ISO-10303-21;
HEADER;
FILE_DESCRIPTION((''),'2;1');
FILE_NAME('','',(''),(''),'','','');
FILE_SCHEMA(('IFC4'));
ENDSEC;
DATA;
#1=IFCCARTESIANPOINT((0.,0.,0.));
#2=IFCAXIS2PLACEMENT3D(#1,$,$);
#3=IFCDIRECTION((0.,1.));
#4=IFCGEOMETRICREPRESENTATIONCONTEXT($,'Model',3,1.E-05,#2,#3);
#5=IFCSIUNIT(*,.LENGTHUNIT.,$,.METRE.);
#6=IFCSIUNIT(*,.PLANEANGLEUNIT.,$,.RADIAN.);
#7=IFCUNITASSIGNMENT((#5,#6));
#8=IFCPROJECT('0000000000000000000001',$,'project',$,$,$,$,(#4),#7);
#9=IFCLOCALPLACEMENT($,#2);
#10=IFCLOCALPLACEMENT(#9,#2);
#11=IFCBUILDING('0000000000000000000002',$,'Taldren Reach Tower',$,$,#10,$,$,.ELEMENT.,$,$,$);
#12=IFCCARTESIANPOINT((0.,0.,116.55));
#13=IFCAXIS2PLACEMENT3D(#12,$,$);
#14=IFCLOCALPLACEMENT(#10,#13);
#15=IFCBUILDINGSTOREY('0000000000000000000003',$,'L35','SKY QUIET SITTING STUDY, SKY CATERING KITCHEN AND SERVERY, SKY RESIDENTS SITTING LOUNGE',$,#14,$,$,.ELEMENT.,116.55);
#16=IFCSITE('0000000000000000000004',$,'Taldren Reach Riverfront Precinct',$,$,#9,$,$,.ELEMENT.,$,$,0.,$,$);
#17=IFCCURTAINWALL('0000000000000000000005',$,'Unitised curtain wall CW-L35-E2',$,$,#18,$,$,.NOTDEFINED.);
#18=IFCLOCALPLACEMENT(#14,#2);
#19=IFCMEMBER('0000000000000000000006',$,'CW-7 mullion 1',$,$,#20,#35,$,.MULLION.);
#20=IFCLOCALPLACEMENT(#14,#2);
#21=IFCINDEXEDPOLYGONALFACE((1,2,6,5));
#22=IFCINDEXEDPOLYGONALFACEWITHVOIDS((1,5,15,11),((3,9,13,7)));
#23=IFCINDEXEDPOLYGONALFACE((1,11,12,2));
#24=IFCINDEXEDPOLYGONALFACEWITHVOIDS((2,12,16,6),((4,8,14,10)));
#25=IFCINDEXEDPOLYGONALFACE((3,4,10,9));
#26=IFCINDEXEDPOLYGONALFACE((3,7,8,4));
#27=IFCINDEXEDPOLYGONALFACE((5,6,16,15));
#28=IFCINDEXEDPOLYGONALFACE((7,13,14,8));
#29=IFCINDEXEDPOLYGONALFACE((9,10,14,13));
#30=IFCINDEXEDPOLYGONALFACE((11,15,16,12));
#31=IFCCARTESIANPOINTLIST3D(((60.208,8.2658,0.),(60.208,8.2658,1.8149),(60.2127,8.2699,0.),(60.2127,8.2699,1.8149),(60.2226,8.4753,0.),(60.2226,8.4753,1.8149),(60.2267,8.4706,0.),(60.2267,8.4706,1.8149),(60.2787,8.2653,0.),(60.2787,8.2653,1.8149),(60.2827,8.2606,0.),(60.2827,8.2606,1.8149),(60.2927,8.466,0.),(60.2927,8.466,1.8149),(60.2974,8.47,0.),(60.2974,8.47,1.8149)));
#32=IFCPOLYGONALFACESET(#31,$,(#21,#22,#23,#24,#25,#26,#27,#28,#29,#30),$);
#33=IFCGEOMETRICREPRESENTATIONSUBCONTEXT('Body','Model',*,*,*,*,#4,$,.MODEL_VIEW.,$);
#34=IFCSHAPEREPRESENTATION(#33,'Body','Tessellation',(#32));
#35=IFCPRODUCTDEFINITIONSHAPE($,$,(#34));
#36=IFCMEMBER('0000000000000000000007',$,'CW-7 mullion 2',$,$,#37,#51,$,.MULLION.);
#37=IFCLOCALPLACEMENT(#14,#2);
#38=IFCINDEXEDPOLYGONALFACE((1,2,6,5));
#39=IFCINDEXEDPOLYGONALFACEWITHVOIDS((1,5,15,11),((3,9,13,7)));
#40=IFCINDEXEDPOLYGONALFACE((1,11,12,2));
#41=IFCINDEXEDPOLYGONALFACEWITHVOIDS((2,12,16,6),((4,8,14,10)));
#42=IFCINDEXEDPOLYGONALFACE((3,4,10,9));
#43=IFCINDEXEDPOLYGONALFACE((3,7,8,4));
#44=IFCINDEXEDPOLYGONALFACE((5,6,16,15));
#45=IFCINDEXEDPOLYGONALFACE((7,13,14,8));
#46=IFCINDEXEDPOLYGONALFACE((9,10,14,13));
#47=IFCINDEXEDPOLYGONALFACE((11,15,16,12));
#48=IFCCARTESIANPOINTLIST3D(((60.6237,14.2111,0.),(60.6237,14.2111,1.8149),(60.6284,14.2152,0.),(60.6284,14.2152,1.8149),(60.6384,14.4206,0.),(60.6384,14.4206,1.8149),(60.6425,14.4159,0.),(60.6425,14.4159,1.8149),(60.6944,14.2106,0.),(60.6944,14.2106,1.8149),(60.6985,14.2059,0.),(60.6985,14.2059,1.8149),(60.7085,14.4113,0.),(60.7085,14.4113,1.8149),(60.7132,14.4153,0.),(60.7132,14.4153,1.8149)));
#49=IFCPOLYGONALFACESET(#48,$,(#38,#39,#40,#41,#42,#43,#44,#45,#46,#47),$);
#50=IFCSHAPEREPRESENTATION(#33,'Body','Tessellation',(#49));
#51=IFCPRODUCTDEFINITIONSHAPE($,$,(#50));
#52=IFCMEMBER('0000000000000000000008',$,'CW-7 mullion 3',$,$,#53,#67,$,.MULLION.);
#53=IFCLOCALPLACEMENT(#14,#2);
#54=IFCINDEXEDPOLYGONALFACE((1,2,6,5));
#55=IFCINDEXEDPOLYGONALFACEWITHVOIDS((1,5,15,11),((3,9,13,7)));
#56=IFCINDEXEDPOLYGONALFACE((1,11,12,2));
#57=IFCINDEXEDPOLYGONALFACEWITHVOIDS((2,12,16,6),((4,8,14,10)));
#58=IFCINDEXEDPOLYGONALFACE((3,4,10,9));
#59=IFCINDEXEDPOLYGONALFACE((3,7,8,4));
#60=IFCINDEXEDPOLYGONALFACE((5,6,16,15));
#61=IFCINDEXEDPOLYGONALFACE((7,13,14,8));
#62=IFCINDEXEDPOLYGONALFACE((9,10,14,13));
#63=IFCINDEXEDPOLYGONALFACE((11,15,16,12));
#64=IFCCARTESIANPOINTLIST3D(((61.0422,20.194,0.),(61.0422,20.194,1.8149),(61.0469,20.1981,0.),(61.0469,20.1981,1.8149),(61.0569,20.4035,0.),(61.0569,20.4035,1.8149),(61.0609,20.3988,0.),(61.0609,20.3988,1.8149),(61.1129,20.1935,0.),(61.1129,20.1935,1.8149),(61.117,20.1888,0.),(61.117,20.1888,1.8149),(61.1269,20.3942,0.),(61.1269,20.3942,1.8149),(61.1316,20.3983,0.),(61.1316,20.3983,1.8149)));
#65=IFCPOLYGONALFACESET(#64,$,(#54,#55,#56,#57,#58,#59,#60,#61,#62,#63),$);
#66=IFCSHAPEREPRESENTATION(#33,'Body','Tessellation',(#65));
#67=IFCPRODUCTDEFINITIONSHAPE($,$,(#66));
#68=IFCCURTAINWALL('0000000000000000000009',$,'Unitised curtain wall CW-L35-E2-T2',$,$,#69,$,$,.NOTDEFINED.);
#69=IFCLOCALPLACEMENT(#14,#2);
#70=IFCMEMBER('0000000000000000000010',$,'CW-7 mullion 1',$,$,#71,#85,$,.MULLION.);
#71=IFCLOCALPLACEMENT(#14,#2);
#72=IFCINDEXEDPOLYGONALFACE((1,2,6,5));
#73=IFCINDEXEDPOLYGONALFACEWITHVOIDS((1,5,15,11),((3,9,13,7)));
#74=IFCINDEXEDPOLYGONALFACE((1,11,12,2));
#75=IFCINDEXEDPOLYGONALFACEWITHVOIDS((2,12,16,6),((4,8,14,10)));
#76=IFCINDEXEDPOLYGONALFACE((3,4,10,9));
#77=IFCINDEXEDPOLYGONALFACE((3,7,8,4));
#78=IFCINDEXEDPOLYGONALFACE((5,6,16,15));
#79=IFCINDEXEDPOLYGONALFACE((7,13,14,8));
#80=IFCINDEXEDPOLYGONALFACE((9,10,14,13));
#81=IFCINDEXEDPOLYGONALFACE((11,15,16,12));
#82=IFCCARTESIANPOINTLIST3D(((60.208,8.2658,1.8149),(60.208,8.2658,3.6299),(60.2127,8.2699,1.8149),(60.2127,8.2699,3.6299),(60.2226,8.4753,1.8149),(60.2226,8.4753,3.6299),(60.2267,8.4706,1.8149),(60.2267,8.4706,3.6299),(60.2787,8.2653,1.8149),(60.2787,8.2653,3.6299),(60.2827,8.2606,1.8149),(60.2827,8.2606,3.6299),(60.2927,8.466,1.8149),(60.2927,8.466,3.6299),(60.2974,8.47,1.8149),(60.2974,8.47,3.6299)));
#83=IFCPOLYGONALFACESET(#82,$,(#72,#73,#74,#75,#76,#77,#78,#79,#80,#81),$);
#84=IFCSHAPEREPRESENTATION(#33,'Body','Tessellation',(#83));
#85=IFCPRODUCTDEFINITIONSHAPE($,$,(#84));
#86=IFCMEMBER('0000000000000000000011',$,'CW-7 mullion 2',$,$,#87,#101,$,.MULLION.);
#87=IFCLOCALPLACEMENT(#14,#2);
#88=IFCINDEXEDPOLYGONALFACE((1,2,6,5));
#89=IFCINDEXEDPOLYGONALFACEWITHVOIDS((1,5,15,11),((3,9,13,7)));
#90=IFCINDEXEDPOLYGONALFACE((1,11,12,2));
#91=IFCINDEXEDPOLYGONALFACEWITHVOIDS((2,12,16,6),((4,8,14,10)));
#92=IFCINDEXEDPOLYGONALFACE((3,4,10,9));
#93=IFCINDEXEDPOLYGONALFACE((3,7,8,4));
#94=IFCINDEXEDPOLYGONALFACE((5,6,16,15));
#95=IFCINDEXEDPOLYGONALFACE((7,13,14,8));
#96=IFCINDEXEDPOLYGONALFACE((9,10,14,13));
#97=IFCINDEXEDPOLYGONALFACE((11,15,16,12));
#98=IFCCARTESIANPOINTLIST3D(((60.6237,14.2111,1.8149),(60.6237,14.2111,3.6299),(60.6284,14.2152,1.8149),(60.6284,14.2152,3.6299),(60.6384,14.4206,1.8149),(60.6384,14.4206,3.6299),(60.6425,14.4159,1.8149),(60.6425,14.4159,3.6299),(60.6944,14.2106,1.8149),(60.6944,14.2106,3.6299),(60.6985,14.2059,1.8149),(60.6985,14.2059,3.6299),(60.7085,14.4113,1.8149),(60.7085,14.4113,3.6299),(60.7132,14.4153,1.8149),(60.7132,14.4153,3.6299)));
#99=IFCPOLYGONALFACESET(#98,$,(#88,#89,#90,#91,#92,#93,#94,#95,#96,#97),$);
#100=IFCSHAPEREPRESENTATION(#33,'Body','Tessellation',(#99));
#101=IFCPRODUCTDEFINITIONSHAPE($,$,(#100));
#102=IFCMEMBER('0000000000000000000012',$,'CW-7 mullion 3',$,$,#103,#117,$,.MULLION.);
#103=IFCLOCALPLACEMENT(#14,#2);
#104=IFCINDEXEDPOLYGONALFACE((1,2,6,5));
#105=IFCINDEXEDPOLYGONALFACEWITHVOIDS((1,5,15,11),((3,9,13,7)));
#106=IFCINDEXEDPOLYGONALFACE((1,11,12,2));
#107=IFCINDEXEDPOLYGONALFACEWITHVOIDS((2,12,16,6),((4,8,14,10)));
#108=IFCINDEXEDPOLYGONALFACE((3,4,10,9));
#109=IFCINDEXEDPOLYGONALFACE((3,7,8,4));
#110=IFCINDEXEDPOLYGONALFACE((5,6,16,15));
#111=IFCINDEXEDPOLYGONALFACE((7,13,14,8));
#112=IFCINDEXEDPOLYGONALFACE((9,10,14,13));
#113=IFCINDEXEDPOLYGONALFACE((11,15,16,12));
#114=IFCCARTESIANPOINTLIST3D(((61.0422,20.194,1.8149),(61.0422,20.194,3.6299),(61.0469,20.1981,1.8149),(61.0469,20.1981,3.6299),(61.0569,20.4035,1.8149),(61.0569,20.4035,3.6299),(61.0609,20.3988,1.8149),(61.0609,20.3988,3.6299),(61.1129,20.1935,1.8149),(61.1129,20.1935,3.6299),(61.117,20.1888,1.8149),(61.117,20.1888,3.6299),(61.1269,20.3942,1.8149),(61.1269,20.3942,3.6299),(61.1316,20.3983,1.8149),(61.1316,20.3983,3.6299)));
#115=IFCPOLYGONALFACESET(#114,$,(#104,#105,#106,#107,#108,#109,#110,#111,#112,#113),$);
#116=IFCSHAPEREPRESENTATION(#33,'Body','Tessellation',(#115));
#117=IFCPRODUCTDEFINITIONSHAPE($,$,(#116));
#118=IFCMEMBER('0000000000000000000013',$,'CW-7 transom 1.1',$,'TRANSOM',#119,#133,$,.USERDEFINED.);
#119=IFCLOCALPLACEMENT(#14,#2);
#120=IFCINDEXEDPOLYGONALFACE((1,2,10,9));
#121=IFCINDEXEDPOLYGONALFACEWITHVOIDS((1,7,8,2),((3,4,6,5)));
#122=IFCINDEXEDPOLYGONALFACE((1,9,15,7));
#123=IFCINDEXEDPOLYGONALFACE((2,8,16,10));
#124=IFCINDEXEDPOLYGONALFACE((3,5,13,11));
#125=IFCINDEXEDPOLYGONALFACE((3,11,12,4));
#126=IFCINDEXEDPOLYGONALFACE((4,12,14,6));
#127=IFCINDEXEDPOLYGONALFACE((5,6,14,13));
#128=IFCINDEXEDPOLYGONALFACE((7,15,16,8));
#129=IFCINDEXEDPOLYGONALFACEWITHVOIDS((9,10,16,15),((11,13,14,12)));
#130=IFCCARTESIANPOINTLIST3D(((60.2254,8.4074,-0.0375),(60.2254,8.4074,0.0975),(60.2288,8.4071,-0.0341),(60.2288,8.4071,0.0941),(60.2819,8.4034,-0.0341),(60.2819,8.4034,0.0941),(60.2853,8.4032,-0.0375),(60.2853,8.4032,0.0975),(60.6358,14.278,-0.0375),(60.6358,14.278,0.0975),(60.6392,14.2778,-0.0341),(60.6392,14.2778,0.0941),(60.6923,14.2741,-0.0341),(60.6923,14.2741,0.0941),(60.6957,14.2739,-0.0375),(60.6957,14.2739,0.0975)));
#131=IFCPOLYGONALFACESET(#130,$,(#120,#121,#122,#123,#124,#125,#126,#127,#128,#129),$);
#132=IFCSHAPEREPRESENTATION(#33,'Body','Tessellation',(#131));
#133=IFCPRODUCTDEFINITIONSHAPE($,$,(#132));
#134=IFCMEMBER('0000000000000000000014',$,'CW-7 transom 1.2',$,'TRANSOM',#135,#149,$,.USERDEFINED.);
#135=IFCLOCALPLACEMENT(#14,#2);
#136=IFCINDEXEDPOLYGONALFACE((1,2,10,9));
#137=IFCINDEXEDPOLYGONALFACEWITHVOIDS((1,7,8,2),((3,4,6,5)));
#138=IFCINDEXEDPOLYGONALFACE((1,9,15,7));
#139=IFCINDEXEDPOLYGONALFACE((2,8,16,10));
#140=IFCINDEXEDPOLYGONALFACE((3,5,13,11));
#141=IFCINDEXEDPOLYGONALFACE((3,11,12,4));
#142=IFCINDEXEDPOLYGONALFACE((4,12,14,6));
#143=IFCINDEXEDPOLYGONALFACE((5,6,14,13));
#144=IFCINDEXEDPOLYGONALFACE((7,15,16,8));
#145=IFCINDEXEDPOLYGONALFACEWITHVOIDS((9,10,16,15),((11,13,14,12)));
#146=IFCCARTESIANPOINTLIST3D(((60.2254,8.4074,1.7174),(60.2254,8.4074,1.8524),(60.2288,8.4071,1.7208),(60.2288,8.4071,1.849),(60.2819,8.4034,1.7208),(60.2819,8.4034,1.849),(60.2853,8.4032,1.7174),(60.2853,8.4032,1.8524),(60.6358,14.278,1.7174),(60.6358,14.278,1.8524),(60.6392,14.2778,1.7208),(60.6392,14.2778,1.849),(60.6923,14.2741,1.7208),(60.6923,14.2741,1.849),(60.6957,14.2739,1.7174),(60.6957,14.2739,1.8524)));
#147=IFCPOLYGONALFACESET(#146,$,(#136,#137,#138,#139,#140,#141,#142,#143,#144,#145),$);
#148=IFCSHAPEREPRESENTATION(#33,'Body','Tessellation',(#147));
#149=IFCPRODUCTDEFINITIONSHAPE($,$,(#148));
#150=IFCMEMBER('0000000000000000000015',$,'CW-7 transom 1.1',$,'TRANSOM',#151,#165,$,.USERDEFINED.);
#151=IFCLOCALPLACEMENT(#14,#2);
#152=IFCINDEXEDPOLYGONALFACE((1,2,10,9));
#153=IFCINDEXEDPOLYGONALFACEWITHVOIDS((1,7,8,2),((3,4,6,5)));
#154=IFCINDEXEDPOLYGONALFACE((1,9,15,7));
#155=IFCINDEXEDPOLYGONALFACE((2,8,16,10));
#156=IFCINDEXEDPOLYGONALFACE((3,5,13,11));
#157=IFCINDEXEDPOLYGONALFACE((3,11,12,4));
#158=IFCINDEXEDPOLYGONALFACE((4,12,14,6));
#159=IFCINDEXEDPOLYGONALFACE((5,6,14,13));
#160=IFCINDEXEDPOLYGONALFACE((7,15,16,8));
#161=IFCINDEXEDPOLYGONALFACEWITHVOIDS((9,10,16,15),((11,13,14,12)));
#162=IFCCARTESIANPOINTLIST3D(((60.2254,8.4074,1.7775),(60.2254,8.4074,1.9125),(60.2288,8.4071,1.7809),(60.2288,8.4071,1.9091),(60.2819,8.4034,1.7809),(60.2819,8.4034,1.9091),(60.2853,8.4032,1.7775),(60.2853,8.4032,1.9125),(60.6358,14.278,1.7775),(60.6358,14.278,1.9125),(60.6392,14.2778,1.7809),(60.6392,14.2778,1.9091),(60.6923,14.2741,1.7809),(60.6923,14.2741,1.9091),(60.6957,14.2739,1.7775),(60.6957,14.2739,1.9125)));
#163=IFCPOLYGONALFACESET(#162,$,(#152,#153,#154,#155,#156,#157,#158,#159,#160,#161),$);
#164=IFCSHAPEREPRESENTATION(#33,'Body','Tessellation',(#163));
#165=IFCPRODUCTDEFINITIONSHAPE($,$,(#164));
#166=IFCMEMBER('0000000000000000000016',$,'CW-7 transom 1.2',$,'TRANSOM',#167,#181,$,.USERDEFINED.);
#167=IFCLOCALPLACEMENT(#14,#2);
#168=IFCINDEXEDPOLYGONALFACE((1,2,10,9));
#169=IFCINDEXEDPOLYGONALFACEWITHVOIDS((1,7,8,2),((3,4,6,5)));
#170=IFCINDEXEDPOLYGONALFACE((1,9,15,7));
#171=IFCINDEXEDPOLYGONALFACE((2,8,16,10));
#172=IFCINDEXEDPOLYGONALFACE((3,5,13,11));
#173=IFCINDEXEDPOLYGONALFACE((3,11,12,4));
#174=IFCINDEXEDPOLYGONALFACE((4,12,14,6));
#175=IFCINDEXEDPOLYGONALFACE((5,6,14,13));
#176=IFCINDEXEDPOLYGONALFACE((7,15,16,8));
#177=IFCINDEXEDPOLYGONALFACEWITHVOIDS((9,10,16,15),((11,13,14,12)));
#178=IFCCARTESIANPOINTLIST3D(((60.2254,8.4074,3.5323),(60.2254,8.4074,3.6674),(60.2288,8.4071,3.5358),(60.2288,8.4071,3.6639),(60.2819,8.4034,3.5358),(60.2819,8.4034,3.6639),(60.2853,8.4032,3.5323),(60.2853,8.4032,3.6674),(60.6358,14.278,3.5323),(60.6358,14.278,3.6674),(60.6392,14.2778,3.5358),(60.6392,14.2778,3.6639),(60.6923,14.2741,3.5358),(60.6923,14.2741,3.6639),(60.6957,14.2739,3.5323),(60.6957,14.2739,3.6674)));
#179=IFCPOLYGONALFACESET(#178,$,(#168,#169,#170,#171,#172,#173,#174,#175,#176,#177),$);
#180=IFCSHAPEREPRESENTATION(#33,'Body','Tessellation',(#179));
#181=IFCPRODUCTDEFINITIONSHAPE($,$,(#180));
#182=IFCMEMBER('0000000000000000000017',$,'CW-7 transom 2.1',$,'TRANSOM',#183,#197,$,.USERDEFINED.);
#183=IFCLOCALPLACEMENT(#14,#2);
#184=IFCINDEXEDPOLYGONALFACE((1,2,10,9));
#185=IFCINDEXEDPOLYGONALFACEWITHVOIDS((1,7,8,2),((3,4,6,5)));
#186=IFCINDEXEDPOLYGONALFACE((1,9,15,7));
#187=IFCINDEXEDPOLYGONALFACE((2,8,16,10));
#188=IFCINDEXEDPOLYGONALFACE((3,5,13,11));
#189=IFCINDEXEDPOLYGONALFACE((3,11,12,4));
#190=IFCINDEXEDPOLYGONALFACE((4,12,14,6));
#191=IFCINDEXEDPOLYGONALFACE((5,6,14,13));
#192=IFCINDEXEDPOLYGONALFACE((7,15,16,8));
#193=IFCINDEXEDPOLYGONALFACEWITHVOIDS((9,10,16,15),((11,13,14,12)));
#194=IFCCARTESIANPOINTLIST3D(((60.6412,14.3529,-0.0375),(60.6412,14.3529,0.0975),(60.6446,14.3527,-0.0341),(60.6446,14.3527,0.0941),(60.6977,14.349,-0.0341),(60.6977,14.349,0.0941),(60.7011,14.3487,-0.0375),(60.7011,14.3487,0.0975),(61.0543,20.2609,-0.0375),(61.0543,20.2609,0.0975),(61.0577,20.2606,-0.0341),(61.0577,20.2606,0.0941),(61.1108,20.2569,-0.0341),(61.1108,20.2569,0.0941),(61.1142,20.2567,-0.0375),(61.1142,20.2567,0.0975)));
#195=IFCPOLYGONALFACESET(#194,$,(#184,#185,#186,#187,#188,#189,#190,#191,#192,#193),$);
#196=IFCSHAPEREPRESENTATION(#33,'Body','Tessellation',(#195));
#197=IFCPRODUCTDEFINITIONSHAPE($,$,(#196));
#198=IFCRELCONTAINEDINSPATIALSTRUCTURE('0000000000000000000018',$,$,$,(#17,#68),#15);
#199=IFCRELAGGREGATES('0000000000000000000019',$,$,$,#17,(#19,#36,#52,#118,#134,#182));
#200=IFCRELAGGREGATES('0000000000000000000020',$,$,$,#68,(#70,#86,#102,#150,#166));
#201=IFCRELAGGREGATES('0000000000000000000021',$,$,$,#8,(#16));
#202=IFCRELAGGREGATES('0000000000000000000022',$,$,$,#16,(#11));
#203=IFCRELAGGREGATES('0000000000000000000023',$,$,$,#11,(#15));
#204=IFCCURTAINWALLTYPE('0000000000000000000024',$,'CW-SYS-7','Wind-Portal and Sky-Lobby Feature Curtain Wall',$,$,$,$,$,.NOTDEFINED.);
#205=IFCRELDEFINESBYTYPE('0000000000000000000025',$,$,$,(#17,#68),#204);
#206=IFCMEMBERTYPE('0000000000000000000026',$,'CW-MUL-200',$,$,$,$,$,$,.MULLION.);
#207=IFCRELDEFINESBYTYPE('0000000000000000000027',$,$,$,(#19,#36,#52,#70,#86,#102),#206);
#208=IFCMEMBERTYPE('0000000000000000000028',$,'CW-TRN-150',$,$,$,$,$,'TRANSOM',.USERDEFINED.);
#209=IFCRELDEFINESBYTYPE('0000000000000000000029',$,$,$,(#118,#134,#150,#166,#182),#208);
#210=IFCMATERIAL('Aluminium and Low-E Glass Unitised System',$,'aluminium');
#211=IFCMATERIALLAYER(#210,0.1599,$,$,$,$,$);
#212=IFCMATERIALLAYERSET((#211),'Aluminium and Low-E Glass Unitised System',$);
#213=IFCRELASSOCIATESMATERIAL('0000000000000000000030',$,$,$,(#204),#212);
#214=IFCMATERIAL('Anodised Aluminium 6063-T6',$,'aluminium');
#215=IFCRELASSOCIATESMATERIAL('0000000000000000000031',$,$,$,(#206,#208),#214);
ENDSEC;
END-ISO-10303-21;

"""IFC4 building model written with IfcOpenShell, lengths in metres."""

from ifc_helpers import new_model, si_unit, direction, frame, origin, origin_2d, place, context, subcontext, project, spatial, hollow_rectangle, extrude, source, transform, mapped, material, layer, layer_set, material_profile, profile_set, type_object, element, aggregate, save


model = new_model("IFC4")

# Units and contexts
model_context = context("Model", 3, precision=1e-05, world=origin(), true_north=direction((0.0, 1.0)))
body_context = subcontext(model_context, "Body", "Model", "MODEL_VIEW")
ifc_project = project(units=[si_unit("LENGTHUNIT", "METRE"), si_unit("PLANEANGLEUNIT", "RADIAN")], contexts=[model_context])

# Site, building, storey
site_placement = place(None, origin())
site = spatial("IfcSite", under=ifc_project, at=site_placement, Name="Taldren Reach Riverfront Precinct", CompositionType="ELEMENT", RefElevation=0.0)
building_placement = place(site_placement, origin())
building = spatial("IfcBuilding", under=site, at=building_placement, Name="Taldren Reach Tower", CompositionType="ELEMENT")
storey_placement = place(building_placement, frame((0.0, 0.0, 116.55)))
storey = spatial("IfcBuildingStorey", under=building, at=storey_placement, Name="L35", Description="SKY QUIET SITTING STUDY, SKY CATERING KITCHEN AND SERVERY, SKY RESIDENTS SITTING LOUNGE", CompositionType="ELEMENT", Elevation=116.55)

# Curtain walls, members
ifc_material_1 = material(Name="Aluminium and Low-E Glass Unitised System", Category="aluminium")
ifc_layer_1 = layer(ifc_material_1, 0.1599)
ifc_layer_set_1 = layer_set([ifc_layer_1], Name="Aluminium and Low-E Glass Unitised System")
curtain_wall_type = type_object("IfcCurtainWallType", Name="CW-SYS-7", Description="Wind-Portal and Sky-Lobby Feature Curtain Wall", PredefinedType="NOTDEFINED", material=ifc_layer_set_1)
curtain_wall_1_placement = place(storey_placement, origin())
curtain_wall_1 = element("IfcCurtainWall", 1, at=curtain_wall_1_placement, inside=storey, type_object=curtain_wall_type, Name="Unitised curtain wall CW-L35-E2", PredefinedType="NOTDEFINED")
ifc_material_2 = material(Name="Anodised Aluminium 6063-T6", Category="aluminium")
ifc_material_profile_1 = material_profile(ifc_material_2, hollow_rectangle(XDim=0.075, YDim=0.21, WallThickness=0.0044, at=origin_2d()), Name="ALU-210x75x4.5RHS")
ifc_profile_set_1 = profile_set([ifc_material_profile_1], Name="Anodised Aluminium 6063-T6")
member_type_1 = type_object("IfcMemberType", Name="CW-MUL-200", PredefinedType="MULLION", material=ifc_profile_set_1)
shared_shape_1 = source(origin(), body_context, "Body", "SweptSolid", [
    extrude(hollow_rectangle(XDim=0.075, YDim=0.21, WallThickness=0.0044, at=origin_2d()), origin(), (0.0, 0.0, 1.0), 1.8149),
])
member_1_placement = place(storey_placement, frame((60.2527, 8.3679, 0.0), z_axis=(0.0, 0.0, 1.0), x_axis=(-0.997564, 0.069757, 0.0)))
member_1 = element("IfcMember", 2, at=member_1_placement, type_object=member_type_1, Name="CW-7 mullion 1", PredefinedType="MULLION", context=body_context, shape_type="MappedRepresentation", body=[
    mapped(shared_shape_1, transform((0.0, 0.0, 0.0), scale=1.0)),
])
member_2_placement = place(storey_placement, frame((60.6685, 14.3132, 0.0), z_axis=(0.0, 0.0, 1.0), x_axis=(-0.997564, 0.069757, 0.0)))
member_2 = element("IfcMember", 3, at=member_2_placement, type_object=member_type_1, Name="CW-7 mullion 2", PredefinedType="MULLION", context=body_context, shape_type="MappedRepresentation", body=[
    mapped(shared_shape_1, transform((0.0, 0.0, 0.0), scale=1.0)),
])
member_3_placement = place(storey_placement, frame((61.0869, 20.2961, 0.0), z_axis=(0.0, 0.0, 1.0), x_axis=(-0.997564, 0.069757, 0.0)))
member_3 = element("IfcMember", 4, at=member_3_placement, type_object=member_type_1, Name="CW-7 mullion 3", PredefinedType="MULLION", context=body_context, shape_type="MappedRepresentation", body=[
    mapped(shared_shape_1, transform((0.0, 0.0, 0.0), scale=1.0)),
])
curtain_wall_2_placement = place(storey_placement, origin())
curtain_wall_2 = element("IfcCurtainWall", 5, at=curtain_wall_2_placement, inside=storey, type_object=curtain_wall_type, Name="Unitised curtain wall CW-L35-E2-T2", PredefinedType="NOTDEFINED")
member_4_placement = place(storey_placement, frame((60.2527, 8.3679, 1.8149), z_axis=(0.0, 0.0, 1.0), x_axis=(-0.997564, 0.069757, 0.0)))
member_4 = element("IfcMember", 6, at=member_4_placement, type_object=member_type_1, Name="CW-7 mullion 1", PredefinedType="MULLION", context=body_context, shape_type="MappedRepresentation", body=[
    mapped(shared_shape_1, transform((0.0, 0.0, 0.0), scale=1.0)),
])
member_5_placement = place(storey_placement, frame((60.6685, 14.3132, 1.8149), z_axis=(0.0, 0.0, 1.0), x_axis=(-0.997564, 0.069757, 0.0)))
member_5 = element("IfcMember", 7, at=member_5_placement, type_object=member_type_1, Name="CW-7 mullion 2", PredefinedType="MULLION", context=body_context, shape_type="MappedRepresentation", body=[
    mapped(shared_shape_1, transform((0.0, 0.0, 0.0), scale=1.0)),
])
member_6_placement = place(storey_placement, frame((61.0869, 20.2961, 1.8149), z_axis=(0.0, 0.0, 1.0), x_axis=(-0.997564, 0.069757, 0.0)))
member_6 = element("IfcMember", 8, at=member_6_placement, type_object=member_type_1, Name="CW-7 mullion 3", PredefinedType="MULLION", context=body_context, shape_type="MappedRepresentation", body=[
    mapped(shared_shape_1, transform((0.0, 0.0, 0.0), scale=1.0)),
])

# Members
ifc_material_profile_2 = material_profile(ifc_material_2, hollow_rectangle(XDim=0.0601, YDim=0.135, WallThickness=0.0034, at=origin_2d()), Name="ALU-135x60x3.5RHS")
ifc_profile_set_2 = profile_set([ifc_material_profile_2], Name="Anodised Aluminium 6063-T6")
member_type_2 = type_object("IfcMemberType", Name="CW-TRN-150", ElementType="TRANSOM", PredefinedType="USERDEFINED", material=ifc_profile_set_2)
shared_shape_2 = source(origin(), body_context, "Body", "SweptSolid", [
    extrude(hollow_rectangle(XDim=0.0601, YDim=0.135, WallThickness=0.0034, at=origin_2d()), origin(), (0.0, 0.0, 1.0), 5.885),
])
member_7_placement = place(storey_placement, frame((60.2554, 8.4053, 0.03), z_axis=(0.069737, 0.997565, 0.0), x_axis=(-0.997565, 0.069737, 0.0)))
member_7 = element("IfcMember", 9, at=member_7_placement, type_object=member_type_2, Name="CW-7 transom 1.1", ObjectType="TRANSOM", PredefinedType="USERDEFINED", context=body_context, shape_type="MappedRepresentation", body=[
    mapped(shared_shape_2, transform((0.0, 0.0, 0.0), scale=1.0)),
])
member_8_placement = place(storey_placement, frame((60.2554, 8.4053, 1.7849), z_axis=(0.069737, 0.997565, 0.0), x_axis=(-0.997565, 0.069737, 0.0)))
member_8 = element("IfcMember", 10, at=member_8_placement, type_object=member_type_2, Name="CW-7 transom 1.2", ObjectType="TRANSOM", PredefinedType="USERDEFINED", context=body_context, shape_type="MappedRepresentation", body=[
    mapped(shared_shape_2, transform((0.0, 0.0, 0.0), scale=1.0)),
])
member_9_placement = place(storey_placement, frame((60.2554, 8.4053, 1.845), z_axis=(0.069737, 0.997565, 0.0), x_axis=(-0.997565, 0.069737, 0.0)))
member_9 = element("IfcMember", 11, at=member_9_placement, type_object=member_type_2, Name="CW-7 transom 1.1", ObjectType="TRANSOM", PredefinedType="USERDEFINED", context=body_context, shape_type="MappedRepresentation", body=[
    mapped(shared_shape_2, transform((0.0, 0.0, 0.0), scale=1.0)),
])
member_10_placement = place(storey_placement, frame((60.2554, 8.4053, 3.5999), z_axis=(0.069737, 0.997565, 0.0), x_axis=(-0.997565, 0.069737, 0.0)))
member_10 = element("IfcMember", 12, at=member_10_placement, type_object=member_type_2, Name="CW-7 transom 1.2", ObjectType="TRANSOM", PredefinedType="USERDEFINED", context=body_context, shape_type="MappedRepresentation", body=[
    mapped(shared_shape_2, transform((0.0, 0.0, 0.0), scale=1.0)),
])
shared_shape_3 = source(origin(), body_context, "Body", "SweptSolid", [
    extrude(hollow_rectangle(XDim=0.0601, YDim=0.135, WallThickness=0.0034, at=origin_2d()), origin(), (0.0, 0.0, 1.0), 5.9224),
])
member_11_placement = place(storey_placement, frame((60.6711, 14.3508, 0.03), z_axis=(0.06975, 0.997565, 0.0), x_axis=(-0.997565, 0.06975, 0.0)))
member_11 = element("IfcMember", 13, at=member_11_placement, type_object=member_type_2, Name="CW-7 transom 2.1", ObjectType="TRANSOM", PredefinedType="USERDEFINED", context=body_context, shape_type="MappedRepresentation", body=[
    mapped(shared_shape_3, transform((0.0, 0.0, 0.0), scale=1.0)),
])

aggregate(curtain_wall_1, [member_1, member_2, member_3, member_7, member_8, member_11])
aggregate(curtain_wall_2, [member_4, member_5, member_6, member_9, member_10])

save(model, "model.ifc")
